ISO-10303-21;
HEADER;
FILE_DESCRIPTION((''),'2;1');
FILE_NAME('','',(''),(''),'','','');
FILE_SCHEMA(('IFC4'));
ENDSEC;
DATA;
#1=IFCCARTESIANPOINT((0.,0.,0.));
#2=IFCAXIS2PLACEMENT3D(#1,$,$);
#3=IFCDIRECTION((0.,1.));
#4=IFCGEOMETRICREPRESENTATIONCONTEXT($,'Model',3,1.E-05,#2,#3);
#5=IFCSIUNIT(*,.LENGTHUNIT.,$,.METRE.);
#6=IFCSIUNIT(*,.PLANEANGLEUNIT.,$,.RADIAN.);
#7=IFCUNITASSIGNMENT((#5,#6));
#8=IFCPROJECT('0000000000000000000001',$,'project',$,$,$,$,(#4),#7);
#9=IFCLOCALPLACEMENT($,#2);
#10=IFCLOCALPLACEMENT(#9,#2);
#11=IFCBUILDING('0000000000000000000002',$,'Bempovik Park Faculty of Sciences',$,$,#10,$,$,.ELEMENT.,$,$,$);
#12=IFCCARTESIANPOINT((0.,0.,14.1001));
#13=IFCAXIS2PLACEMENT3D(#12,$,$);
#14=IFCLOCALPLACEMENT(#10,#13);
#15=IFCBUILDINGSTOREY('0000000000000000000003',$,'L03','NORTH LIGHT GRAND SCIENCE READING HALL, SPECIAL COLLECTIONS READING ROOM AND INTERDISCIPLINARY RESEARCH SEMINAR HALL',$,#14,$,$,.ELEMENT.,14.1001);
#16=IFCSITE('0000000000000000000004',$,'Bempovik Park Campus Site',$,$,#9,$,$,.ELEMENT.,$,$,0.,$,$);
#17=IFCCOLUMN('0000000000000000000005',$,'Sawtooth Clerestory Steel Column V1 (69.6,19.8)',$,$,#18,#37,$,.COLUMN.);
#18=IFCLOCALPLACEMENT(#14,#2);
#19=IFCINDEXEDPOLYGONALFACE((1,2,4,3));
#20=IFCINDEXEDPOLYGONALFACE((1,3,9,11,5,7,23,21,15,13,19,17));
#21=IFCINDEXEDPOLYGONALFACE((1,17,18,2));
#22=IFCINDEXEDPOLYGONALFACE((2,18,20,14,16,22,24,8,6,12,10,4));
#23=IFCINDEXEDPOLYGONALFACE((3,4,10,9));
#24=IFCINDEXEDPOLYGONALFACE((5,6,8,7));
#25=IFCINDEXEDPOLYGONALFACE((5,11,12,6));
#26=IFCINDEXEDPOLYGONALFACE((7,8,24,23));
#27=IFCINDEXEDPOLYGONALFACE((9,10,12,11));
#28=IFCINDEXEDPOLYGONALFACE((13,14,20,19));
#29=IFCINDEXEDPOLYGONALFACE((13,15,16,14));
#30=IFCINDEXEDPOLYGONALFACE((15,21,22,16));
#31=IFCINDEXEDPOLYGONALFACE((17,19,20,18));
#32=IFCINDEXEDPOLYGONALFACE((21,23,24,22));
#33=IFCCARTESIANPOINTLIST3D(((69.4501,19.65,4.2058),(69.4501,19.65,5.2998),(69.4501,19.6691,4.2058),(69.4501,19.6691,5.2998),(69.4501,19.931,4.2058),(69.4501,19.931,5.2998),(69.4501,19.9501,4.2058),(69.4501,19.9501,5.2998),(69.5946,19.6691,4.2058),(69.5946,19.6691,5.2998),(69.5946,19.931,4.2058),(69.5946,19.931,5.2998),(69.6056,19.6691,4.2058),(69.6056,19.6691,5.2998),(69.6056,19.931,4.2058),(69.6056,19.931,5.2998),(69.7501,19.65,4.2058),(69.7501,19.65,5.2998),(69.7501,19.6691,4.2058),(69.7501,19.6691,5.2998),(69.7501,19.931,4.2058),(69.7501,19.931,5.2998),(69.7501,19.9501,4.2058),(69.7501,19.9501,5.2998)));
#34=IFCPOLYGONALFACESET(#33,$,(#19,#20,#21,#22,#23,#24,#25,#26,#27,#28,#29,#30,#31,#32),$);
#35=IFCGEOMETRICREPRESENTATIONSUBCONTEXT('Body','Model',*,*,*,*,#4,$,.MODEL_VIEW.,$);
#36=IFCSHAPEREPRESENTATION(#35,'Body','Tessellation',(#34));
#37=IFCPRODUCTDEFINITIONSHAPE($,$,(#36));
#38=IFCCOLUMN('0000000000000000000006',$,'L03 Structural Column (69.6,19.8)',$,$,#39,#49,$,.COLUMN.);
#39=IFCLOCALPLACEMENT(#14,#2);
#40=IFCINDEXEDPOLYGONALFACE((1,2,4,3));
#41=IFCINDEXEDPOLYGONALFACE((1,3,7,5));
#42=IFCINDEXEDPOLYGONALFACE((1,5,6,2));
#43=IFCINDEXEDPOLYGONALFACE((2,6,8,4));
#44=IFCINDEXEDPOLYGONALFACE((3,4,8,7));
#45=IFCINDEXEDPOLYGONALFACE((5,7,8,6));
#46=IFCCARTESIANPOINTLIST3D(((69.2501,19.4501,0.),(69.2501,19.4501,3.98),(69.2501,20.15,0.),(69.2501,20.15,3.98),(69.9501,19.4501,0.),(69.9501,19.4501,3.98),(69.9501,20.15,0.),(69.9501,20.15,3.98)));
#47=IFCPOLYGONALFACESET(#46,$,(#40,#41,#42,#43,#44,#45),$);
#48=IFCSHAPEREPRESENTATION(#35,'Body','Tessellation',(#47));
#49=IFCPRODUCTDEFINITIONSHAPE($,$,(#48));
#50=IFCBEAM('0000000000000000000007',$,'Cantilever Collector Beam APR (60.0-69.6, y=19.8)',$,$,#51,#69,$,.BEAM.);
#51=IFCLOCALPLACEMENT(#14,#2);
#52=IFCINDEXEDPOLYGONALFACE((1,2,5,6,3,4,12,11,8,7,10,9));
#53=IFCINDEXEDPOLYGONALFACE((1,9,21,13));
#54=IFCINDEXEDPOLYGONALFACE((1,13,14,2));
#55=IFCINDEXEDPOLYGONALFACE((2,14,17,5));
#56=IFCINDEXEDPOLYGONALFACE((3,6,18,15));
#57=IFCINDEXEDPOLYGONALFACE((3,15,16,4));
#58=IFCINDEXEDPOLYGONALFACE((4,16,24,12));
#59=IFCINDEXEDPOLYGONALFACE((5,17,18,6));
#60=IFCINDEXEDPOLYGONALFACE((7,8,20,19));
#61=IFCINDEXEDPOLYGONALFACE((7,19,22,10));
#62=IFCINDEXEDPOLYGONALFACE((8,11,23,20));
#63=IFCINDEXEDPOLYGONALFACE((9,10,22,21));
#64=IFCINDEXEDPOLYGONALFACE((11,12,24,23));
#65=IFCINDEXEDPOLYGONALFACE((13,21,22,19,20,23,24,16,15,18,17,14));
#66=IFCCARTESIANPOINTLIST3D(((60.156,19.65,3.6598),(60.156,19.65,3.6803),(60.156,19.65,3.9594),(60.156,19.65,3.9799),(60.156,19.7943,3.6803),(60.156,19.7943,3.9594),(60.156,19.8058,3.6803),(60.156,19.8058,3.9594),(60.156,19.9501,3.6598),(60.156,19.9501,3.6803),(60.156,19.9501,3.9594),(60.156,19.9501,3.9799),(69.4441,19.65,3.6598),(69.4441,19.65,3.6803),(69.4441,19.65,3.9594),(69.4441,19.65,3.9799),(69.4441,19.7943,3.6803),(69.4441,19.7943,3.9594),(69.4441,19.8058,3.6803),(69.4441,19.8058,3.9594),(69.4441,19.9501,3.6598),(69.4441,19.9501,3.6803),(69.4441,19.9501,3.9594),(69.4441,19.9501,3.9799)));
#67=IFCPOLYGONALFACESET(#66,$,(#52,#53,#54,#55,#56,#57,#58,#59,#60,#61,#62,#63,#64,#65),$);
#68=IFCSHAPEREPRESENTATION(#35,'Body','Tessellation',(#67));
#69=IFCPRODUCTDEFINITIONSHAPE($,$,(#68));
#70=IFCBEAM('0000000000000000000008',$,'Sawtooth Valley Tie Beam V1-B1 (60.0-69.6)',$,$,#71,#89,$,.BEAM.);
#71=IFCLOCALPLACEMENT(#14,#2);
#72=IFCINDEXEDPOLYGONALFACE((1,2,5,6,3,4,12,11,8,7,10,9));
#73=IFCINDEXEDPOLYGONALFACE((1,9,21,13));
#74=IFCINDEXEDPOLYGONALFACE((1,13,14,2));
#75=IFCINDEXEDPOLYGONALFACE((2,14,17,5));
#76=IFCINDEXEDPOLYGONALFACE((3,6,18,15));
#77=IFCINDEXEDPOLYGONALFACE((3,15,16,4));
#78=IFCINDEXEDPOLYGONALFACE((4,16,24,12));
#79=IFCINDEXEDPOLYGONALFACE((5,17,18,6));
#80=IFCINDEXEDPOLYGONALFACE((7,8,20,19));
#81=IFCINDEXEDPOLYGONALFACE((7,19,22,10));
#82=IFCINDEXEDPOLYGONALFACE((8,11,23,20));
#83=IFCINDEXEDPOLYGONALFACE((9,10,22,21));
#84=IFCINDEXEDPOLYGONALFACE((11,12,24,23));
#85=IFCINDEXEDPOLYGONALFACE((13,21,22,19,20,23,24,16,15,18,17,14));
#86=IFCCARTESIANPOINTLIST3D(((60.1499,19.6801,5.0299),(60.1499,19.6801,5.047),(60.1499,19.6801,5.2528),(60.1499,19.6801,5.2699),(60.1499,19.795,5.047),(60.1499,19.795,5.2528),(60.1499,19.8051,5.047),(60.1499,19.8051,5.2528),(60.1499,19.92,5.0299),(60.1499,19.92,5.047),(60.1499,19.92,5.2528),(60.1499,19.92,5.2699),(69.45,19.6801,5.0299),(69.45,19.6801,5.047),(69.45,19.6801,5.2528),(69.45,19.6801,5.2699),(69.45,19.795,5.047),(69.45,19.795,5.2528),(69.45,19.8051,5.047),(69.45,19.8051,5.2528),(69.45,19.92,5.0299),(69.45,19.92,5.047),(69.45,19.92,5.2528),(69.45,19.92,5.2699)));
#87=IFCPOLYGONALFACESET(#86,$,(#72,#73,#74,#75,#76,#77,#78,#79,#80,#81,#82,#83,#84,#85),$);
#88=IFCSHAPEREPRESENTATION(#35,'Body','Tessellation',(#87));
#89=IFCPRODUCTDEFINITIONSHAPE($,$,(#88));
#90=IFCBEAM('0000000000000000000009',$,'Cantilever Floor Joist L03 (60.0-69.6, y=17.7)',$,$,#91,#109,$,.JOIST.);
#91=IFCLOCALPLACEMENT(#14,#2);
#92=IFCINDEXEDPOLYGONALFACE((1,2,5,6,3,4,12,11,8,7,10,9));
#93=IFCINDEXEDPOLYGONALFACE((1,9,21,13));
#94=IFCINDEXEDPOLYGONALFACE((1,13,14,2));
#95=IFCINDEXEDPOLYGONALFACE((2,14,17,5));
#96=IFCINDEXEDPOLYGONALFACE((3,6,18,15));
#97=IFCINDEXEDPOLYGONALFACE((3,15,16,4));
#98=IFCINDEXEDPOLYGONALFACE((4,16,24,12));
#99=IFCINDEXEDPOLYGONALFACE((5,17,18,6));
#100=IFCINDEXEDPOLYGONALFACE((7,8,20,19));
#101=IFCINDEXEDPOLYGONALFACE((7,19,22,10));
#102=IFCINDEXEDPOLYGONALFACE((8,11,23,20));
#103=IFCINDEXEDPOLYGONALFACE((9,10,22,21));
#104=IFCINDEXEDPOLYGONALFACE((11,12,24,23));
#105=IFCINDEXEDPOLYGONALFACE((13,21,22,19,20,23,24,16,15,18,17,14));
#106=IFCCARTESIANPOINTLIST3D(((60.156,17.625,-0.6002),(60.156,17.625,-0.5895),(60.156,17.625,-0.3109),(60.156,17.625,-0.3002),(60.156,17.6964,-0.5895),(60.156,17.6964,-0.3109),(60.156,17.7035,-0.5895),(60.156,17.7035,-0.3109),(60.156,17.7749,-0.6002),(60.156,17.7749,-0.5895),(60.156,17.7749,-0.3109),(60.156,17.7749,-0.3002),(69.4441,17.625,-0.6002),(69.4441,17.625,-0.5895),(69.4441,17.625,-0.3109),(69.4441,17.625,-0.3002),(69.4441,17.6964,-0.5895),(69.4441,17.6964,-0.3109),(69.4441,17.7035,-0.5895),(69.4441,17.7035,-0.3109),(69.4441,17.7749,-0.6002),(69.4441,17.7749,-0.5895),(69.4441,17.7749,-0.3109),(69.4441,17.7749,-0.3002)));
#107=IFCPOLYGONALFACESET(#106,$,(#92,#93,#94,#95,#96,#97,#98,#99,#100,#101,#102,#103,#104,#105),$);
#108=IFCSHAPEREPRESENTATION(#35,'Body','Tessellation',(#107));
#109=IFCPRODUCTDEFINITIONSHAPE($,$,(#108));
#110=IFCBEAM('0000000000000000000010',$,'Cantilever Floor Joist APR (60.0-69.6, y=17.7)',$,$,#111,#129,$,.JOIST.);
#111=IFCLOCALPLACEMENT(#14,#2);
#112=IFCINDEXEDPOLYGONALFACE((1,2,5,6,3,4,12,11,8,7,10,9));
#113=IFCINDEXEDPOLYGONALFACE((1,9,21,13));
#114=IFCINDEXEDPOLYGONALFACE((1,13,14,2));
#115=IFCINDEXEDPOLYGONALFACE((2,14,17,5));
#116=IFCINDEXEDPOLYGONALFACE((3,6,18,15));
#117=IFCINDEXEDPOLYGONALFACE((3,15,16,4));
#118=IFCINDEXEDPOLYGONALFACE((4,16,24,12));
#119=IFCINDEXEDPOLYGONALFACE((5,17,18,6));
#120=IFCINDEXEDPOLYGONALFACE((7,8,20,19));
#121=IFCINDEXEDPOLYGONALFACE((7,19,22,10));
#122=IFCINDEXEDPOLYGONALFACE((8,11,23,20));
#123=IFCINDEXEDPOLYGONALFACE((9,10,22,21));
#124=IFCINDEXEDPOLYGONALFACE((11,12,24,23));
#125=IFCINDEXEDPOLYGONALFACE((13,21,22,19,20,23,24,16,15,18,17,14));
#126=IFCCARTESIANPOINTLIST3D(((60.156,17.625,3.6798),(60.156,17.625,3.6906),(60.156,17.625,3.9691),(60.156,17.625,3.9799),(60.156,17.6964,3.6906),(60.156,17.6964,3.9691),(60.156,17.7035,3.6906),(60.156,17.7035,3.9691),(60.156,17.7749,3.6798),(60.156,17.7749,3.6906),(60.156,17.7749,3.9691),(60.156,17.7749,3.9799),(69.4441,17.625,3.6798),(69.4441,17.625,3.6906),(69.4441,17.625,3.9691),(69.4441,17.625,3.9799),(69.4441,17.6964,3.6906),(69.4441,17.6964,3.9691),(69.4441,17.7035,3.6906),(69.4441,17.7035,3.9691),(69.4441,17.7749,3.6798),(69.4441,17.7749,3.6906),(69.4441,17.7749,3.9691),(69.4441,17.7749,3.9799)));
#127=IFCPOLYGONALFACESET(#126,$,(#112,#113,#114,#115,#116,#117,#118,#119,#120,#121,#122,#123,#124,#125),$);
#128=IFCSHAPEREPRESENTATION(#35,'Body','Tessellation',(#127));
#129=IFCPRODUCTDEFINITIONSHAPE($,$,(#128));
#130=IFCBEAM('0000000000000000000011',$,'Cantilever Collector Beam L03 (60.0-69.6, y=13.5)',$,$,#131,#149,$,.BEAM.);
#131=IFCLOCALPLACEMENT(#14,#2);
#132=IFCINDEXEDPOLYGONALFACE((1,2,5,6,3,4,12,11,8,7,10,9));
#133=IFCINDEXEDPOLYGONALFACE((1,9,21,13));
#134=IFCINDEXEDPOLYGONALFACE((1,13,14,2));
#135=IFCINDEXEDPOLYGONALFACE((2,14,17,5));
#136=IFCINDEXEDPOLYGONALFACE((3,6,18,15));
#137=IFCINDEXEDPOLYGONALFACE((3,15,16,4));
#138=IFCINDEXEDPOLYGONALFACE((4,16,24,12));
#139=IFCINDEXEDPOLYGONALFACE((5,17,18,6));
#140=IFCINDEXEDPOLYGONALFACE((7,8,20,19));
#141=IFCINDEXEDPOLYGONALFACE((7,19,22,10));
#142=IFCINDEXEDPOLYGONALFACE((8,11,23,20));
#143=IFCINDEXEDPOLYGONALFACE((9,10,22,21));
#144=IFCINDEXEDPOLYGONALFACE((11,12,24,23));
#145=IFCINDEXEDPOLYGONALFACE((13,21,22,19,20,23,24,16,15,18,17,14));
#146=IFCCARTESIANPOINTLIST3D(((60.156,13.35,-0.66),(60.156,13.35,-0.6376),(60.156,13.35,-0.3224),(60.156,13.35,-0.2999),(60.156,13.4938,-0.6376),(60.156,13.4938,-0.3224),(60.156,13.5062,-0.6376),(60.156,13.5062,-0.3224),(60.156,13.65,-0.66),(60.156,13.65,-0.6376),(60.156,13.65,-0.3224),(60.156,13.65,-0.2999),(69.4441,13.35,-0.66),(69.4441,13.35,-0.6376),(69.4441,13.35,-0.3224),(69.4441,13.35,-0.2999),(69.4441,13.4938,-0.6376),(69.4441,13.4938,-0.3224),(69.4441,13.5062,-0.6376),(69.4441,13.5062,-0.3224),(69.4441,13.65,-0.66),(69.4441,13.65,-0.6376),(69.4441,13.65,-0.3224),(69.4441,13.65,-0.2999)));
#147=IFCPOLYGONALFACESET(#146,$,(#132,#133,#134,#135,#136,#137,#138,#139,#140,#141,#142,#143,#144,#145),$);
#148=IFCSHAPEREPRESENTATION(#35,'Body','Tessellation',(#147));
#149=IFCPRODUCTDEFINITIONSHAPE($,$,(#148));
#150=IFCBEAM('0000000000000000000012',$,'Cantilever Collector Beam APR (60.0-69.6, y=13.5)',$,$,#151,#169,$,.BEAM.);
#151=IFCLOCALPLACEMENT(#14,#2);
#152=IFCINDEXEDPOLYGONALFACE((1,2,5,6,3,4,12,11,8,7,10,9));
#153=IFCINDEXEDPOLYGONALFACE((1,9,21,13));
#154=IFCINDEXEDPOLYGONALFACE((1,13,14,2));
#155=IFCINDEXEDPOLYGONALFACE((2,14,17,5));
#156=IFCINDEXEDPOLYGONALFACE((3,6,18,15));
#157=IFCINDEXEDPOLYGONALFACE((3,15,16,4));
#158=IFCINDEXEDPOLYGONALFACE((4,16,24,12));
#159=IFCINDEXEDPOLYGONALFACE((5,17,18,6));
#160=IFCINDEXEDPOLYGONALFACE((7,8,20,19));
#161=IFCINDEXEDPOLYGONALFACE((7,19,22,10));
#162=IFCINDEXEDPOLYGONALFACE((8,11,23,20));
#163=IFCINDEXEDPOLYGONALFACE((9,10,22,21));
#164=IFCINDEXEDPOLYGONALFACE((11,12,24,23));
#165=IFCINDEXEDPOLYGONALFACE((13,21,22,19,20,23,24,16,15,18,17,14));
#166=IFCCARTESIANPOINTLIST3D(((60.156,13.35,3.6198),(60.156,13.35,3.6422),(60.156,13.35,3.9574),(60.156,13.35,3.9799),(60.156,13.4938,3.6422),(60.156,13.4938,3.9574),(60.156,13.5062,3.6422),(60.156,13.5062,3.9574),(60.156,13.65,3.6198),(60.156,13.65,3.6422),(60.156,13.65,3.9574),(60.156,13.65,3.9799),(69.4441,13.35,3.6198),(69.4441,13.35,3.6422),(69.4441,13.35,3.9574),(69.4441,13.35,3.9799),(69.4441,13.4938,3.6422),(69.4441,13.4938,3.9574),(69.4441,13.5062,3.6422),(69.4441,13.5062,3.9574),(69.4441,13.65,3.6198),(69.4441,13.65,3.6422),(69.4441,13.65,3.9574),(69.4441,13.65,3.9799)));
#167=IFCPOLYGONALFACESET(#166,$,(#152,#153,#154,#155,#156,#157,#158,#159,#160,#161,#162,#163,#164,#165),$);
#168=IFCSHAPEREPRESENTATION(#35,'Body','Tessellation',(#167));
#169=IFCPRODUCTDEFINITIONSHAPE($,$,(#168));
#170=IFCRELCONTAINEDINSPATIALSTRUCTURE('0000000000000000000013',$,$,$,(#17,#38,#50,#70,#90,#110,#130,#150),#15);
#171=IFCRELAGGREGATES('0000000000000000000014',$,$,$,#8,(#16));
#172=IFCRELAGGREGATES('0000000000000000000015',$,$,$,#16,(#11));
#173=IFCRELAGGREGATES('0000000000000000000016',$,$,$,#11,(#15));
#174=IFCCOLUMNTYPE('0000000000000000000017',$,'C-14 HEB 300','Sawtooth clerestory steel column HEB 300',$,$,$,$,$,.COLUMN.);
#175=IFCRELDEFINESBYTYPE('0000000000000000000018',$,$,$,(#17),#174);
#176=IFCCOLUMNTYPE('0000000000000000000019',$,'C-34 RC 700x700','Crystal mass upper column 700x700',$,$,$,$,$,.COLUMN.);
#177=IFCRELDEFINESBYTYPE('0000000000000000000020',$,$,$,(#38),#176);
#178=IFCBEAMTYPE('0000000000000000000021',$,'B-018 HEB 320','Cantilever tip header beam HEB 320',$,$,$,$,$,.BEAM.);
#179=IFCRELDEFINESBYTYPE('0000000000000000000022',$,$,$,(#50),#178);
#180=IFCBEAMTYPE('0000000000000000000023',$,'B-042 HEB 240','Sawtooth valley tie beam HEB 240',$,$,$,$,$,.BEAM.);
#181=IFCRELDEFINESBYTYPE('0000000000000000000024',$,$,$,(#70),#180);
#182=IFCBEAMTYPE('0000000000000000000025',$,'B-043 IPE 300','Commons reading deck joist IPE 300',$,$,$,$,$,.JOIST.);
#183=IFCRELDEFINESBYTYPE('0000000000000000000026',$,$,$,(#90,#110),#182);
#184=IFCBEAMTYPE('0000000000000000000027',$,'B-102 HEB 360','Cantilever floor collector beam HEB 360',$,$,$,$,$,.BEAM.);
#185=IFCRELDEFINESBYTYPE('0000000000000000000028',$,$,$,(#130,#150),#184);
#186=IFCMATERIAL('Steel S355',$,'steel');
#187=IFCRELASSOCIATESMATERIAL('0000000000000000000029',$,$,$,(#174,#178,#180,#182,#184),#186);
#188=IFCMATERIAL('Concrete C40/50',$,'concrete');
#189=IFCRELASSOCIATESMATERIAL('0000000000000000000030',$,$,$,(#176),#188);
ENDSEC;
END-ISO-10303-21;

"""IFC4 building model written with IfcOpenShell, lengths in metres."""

from ifc_helpers import new_model, si_unit, direction, frame, origin, origin_2d, place, context, subcontext, project, spatial, rectangle, i_section, extrude, material, material_profile, profile_set, type_object, element, save


model = new_model("IFC4")

# Units and contexts
model_context = context("Model", 3, precision=1e-05, world=origin(), true_north=direction((0.0, 1.0)))
body_context = subcontext(model_context, "Body", "Model", "MODEL_VIEW")
ifc_project = project(units=[si_unit("LENGTHUNIT", "METRE"), si_unit("PLANEANGLEUNIT", "RADIAN")], contexts=[model_context])

# Site, building, storey
site_placement = place(None, origin())
site = spatial("IfcSite", under=ifc_project, at=site_placement, Name="Bempovik Park Campus Site", CompositionType="ELEMENT", RefElevation=0.0)
building_placement = place(site_placement, origin())
building = spatial("IfcBuilding", under=site, at=building_placement, Name="Bempovik Park Faculty of Sciences", CompositionType="ELEMENT")
storey_placement = place(building_placement, frame((0.0, 0.0, 14.1001)))
storey = spatial("IfcBuildingStorey", under=building, at=storey_placement, Name="L03", Description="NORTH LIGHT GRAND SCIENCE READING HALL, SPECIAL COLLECTIONS READING ROOM AND INTERDISCIPLINARY RESEARCH SEMINAR HALL", CompositionType="ELEMENT", Elevation=14.1001)

# Columns
ifc_material_1 = material(Name="Steel S355", Category="steel")
ifc_material_profile_1 = material_profile(ifc_material_1, i_section(OverallWidth=0.3, OverallDepth=0.3, WebThickness=0.011, FlangeThickness=0.019, at=origin_2d()), Name="HEB 300")
ifc_profile_set_1 = profile_set([ifc_material_profile_1], Name="Steel S355")
column_type_1 = type_object("IfcColumnType", Name="C-14 HEB 300", Description="Sawtooth clerestory steel column HEB 300", PredefinedType="COLUMN", material=ifc_profile_set_1)
column_1_placement = place(storey_placement, frame((69.6001, 19.8, 4.2058), z_axis=(0.0, 0.0, 1.0), x_axis=(1.0, 0.0, 0.0)))
element("IfcColumn", 1, at=column_1_placement, inside=storey, type_object=column_type_1, Name="Sawtooth Clerestory Steel Column V1 (69.6,19.8)", PredefinedType="COLUMN", context=body_context, shape_type="SweptSolid", body=[
    extrude(i_section(OverallWidth=0.3, OverallDepth=0.3, WebThickness=0.011, FlangeThickness=0.019, at=origin_2d()), origin(), (0.0, 0.0, 1.0), 1.094),
])
ifc_material_2 = material(Name="Concrete C40/50", Category="concrete")
ifc_material_profile_2 = material_profile(ifc_material_2, rectangle(XDim=0.7, YDim=0.7, at=origin_2d()), Name="RC 700x700")
ifc_profile_set_2 = profile_set([ifc_material_profile_2], Name="Concrete C40/50")
column_type_2 = type_object("IfcColumnType", Name="C-34 RC 700x700", Description="Crystal mass upper column 700x700", PredefinedType="COLUMN", material=ifc_profile_set_2)
column_2_placement = place(storey_placement, frame((69.6001, 19.8, 0.0), z_axis=(0.0, 0.0, 1.0), x_axis=(1.0, 0.0, 0.0)))
element("IfcColumn", 2, at=column_2_placement, inside=storey, type_object=column_type_2, Name="L03 Structural Column (69.6,19.8)", PredefinedType="COLUMN", context=body_context, shape_type="SweptSolid", body=[
    extrude(rectangle(XDim=0.7, YDim=0.7, at=origin_2d()), origin(), (0.0, 0.0, 1.0), 3.98),
])

# Beams
ifc_material_profile_3 = material_profile(ifc_material_1, i_section(OverallWidth=0.3, OverallDepth=0.3201, WebThickness=0.0115, FlangeThickness=0.0205, at=origin_2d()), Name="HEB 320")
ifc_profile_set_3 = profile_set([ifc_material_profile_3], Name="Steel S355")
beam_type_1 = type_object("IfcBeamType", Name="B-018 HEB 320", Description="Cantilever tip header beam HEB 320", PredefinedType="BEAM", material=ifc_profile_set_3)
beam_1_placement = place(storey_placement, frame((60.156, 19.8, 3.8198), z_axis=(1.0, 0.0, 0.0), x_axis=(0.0, 1.0, 0.0)))
element("IfcBeam", 3, at=beam_1_placement, inside=storey, type_object=beam_type_1, Name="Cantilever Collector Beam APR (60.0-69.6, y=19.8)", PredefinedType="BEAM", context=body_context, shape_type="SweptSolid", body=[
    extrude(i_section(OverallWidth=0.3, OverallDepth=0.3201, WebThickness=0.0115, FlangeThickness=0.0205, at=origin_2d()), origin(), (0.0, 0.0, 1.0), 9.2881),
])
ifc_material_profile_4 = material_profile(ifc_material_1, i_section(OverallWidth=0.24, OverallDepth=0.24, WebThickness=0.01, FlangeThickness=0.0171, at=origin_2d()), Name="HEB 240")
ifc_profile_set_4 = profile_set([ifc_material_profile_4], Name="Steel S355")
beam_type_2 = type_object("IfcBeamType", Name="B-042 HEB 240", Description="Sawtooth valley tie beam HEB 240", PredefinedType="BEAM", material=ifc_profile_set_4)
beam_2_placement = place(storey_placement, frame((60.1499, 19.8, 5.1499), z_axis=(1.0, 0.0, 0.0), x_axis=(0.0, 1.0, 0.0)))
element("IfcBeam", 4, at=beam_2_placement, inside=storey, type_object=beam_type_2, Name="Sawtooth Valley Tie Beam V1-B1 (60.0-69.6)", PredefinedType="BEAM", context=body_context, shape_type="SweptSolid", body=[
    extrude(i_section(OverallWidth=0.24, OverallDepth=0.24, WebThickness=0.01, FlangeThickness=0.0171, at=origin_2d()), origin(), (0.0, 0.0, 1.0), 9.3),
])
ifc_material_profile_5 = material_profile(ifc_material_1, i_section(OverallWidth=0.1499, OverallDepth=0.3, WebThickness=0.0071, FlangeThickness=0.0107, at=origin_2d()), Name="IPE 300")
ifc_profile_set_5 = profile_set([ifc_material_profile_5], Name="Steel S355")
beam_type_3 = type_object("IfcBeamType", Name="B-043 IPE 300", Description="Commons reading deck joist IPE 300", PredefinedType="JOIST", material=ifc_profile_set_5)
for number, where, z_axis, x_axis, name in (
    (5, (60.156, 17.7, -0.4502), (1.0, 0.0, 0.0), (0.0, 1.0, 0.0), "Cantilever Floor Joist L03 (60.0-69.6, y=17.7)"),
    (6, (60.156, 17.7, 3.8298), (1.0, 0.0, 0.0), (0.0, 1.0, 0.0), "Cantilever Floor Joist APR (60.0-69.6, y=17.7)"),
):
    element("IfcBeam", number, at=place(storey_placement, frame(where, z_axis=z_axis, x_axis=x_axis)), inside=storey, type_object=beam_type_3, Name=name, PredefinedType="JOIST", context=body_context, shape_type="SweptSolid", body=[
        extrude(i_section(OverallWidth=0.1499, OverallDepth=0.3, WebThickness=0.0071, FlangeThickness=0.0107, at=origin_2d()), origin(), (0.0, 0.0, 1.0), 9.2881),
    ])
ifc_material_profile_6 = material_profile(ifc_material_1, i_section(OverallWidth=0.3, OverallDepth=0.3601, WebThickness=0.0125, FlangeThickness=0.0225, at=origin_2d()), Name="HEB 360")
ifc_profile_set_6 = profile_set([ifc_material_profile_6], Name="Steel S355")
beam_type_4 = type_object("IfcBeamType", Name="B-102 HEB 360", Description="Cantilever floor collector beam HEB 360", PredefinedType="BEAM", material=ifc_profile_set_6)
for number, where, z_axis, x_axis, name in (
    (7, (60.156, 13.5, -0.48), (1.0, 0.0, 0.0), (0.0, 1.0, 0.0), "Cantilever Collector Beam L03 (60.0-69.6, y=13.5)"),
    (8, (60.156, 13.5, 3.7998), (1.0, 0.0, 0.0), (0.0, 1.0, 0.0), "Cantilever Collector Beam APR (60.0-69.6, y=13.5)"),
):
    element("IfcBeam", number, at=place(storey_placement, frame(where, z_axis=z_axis, x_axis=x_axis)), inside=storey, type_object=beam_type_4, Name=name, PredefinedType="BEAM", context=body_context, shape_type="SweptSolid", body=[
        extrude(i_section(OverallWidth=0.3, OverallDepth=0.3601, WebThickness=0.0125, FlangeThickness=0.0225, at=origin_2d()), origin(), (0.0, 0.0, 1.0), 9.2881),
    ])

save(model, "model.ifc")
